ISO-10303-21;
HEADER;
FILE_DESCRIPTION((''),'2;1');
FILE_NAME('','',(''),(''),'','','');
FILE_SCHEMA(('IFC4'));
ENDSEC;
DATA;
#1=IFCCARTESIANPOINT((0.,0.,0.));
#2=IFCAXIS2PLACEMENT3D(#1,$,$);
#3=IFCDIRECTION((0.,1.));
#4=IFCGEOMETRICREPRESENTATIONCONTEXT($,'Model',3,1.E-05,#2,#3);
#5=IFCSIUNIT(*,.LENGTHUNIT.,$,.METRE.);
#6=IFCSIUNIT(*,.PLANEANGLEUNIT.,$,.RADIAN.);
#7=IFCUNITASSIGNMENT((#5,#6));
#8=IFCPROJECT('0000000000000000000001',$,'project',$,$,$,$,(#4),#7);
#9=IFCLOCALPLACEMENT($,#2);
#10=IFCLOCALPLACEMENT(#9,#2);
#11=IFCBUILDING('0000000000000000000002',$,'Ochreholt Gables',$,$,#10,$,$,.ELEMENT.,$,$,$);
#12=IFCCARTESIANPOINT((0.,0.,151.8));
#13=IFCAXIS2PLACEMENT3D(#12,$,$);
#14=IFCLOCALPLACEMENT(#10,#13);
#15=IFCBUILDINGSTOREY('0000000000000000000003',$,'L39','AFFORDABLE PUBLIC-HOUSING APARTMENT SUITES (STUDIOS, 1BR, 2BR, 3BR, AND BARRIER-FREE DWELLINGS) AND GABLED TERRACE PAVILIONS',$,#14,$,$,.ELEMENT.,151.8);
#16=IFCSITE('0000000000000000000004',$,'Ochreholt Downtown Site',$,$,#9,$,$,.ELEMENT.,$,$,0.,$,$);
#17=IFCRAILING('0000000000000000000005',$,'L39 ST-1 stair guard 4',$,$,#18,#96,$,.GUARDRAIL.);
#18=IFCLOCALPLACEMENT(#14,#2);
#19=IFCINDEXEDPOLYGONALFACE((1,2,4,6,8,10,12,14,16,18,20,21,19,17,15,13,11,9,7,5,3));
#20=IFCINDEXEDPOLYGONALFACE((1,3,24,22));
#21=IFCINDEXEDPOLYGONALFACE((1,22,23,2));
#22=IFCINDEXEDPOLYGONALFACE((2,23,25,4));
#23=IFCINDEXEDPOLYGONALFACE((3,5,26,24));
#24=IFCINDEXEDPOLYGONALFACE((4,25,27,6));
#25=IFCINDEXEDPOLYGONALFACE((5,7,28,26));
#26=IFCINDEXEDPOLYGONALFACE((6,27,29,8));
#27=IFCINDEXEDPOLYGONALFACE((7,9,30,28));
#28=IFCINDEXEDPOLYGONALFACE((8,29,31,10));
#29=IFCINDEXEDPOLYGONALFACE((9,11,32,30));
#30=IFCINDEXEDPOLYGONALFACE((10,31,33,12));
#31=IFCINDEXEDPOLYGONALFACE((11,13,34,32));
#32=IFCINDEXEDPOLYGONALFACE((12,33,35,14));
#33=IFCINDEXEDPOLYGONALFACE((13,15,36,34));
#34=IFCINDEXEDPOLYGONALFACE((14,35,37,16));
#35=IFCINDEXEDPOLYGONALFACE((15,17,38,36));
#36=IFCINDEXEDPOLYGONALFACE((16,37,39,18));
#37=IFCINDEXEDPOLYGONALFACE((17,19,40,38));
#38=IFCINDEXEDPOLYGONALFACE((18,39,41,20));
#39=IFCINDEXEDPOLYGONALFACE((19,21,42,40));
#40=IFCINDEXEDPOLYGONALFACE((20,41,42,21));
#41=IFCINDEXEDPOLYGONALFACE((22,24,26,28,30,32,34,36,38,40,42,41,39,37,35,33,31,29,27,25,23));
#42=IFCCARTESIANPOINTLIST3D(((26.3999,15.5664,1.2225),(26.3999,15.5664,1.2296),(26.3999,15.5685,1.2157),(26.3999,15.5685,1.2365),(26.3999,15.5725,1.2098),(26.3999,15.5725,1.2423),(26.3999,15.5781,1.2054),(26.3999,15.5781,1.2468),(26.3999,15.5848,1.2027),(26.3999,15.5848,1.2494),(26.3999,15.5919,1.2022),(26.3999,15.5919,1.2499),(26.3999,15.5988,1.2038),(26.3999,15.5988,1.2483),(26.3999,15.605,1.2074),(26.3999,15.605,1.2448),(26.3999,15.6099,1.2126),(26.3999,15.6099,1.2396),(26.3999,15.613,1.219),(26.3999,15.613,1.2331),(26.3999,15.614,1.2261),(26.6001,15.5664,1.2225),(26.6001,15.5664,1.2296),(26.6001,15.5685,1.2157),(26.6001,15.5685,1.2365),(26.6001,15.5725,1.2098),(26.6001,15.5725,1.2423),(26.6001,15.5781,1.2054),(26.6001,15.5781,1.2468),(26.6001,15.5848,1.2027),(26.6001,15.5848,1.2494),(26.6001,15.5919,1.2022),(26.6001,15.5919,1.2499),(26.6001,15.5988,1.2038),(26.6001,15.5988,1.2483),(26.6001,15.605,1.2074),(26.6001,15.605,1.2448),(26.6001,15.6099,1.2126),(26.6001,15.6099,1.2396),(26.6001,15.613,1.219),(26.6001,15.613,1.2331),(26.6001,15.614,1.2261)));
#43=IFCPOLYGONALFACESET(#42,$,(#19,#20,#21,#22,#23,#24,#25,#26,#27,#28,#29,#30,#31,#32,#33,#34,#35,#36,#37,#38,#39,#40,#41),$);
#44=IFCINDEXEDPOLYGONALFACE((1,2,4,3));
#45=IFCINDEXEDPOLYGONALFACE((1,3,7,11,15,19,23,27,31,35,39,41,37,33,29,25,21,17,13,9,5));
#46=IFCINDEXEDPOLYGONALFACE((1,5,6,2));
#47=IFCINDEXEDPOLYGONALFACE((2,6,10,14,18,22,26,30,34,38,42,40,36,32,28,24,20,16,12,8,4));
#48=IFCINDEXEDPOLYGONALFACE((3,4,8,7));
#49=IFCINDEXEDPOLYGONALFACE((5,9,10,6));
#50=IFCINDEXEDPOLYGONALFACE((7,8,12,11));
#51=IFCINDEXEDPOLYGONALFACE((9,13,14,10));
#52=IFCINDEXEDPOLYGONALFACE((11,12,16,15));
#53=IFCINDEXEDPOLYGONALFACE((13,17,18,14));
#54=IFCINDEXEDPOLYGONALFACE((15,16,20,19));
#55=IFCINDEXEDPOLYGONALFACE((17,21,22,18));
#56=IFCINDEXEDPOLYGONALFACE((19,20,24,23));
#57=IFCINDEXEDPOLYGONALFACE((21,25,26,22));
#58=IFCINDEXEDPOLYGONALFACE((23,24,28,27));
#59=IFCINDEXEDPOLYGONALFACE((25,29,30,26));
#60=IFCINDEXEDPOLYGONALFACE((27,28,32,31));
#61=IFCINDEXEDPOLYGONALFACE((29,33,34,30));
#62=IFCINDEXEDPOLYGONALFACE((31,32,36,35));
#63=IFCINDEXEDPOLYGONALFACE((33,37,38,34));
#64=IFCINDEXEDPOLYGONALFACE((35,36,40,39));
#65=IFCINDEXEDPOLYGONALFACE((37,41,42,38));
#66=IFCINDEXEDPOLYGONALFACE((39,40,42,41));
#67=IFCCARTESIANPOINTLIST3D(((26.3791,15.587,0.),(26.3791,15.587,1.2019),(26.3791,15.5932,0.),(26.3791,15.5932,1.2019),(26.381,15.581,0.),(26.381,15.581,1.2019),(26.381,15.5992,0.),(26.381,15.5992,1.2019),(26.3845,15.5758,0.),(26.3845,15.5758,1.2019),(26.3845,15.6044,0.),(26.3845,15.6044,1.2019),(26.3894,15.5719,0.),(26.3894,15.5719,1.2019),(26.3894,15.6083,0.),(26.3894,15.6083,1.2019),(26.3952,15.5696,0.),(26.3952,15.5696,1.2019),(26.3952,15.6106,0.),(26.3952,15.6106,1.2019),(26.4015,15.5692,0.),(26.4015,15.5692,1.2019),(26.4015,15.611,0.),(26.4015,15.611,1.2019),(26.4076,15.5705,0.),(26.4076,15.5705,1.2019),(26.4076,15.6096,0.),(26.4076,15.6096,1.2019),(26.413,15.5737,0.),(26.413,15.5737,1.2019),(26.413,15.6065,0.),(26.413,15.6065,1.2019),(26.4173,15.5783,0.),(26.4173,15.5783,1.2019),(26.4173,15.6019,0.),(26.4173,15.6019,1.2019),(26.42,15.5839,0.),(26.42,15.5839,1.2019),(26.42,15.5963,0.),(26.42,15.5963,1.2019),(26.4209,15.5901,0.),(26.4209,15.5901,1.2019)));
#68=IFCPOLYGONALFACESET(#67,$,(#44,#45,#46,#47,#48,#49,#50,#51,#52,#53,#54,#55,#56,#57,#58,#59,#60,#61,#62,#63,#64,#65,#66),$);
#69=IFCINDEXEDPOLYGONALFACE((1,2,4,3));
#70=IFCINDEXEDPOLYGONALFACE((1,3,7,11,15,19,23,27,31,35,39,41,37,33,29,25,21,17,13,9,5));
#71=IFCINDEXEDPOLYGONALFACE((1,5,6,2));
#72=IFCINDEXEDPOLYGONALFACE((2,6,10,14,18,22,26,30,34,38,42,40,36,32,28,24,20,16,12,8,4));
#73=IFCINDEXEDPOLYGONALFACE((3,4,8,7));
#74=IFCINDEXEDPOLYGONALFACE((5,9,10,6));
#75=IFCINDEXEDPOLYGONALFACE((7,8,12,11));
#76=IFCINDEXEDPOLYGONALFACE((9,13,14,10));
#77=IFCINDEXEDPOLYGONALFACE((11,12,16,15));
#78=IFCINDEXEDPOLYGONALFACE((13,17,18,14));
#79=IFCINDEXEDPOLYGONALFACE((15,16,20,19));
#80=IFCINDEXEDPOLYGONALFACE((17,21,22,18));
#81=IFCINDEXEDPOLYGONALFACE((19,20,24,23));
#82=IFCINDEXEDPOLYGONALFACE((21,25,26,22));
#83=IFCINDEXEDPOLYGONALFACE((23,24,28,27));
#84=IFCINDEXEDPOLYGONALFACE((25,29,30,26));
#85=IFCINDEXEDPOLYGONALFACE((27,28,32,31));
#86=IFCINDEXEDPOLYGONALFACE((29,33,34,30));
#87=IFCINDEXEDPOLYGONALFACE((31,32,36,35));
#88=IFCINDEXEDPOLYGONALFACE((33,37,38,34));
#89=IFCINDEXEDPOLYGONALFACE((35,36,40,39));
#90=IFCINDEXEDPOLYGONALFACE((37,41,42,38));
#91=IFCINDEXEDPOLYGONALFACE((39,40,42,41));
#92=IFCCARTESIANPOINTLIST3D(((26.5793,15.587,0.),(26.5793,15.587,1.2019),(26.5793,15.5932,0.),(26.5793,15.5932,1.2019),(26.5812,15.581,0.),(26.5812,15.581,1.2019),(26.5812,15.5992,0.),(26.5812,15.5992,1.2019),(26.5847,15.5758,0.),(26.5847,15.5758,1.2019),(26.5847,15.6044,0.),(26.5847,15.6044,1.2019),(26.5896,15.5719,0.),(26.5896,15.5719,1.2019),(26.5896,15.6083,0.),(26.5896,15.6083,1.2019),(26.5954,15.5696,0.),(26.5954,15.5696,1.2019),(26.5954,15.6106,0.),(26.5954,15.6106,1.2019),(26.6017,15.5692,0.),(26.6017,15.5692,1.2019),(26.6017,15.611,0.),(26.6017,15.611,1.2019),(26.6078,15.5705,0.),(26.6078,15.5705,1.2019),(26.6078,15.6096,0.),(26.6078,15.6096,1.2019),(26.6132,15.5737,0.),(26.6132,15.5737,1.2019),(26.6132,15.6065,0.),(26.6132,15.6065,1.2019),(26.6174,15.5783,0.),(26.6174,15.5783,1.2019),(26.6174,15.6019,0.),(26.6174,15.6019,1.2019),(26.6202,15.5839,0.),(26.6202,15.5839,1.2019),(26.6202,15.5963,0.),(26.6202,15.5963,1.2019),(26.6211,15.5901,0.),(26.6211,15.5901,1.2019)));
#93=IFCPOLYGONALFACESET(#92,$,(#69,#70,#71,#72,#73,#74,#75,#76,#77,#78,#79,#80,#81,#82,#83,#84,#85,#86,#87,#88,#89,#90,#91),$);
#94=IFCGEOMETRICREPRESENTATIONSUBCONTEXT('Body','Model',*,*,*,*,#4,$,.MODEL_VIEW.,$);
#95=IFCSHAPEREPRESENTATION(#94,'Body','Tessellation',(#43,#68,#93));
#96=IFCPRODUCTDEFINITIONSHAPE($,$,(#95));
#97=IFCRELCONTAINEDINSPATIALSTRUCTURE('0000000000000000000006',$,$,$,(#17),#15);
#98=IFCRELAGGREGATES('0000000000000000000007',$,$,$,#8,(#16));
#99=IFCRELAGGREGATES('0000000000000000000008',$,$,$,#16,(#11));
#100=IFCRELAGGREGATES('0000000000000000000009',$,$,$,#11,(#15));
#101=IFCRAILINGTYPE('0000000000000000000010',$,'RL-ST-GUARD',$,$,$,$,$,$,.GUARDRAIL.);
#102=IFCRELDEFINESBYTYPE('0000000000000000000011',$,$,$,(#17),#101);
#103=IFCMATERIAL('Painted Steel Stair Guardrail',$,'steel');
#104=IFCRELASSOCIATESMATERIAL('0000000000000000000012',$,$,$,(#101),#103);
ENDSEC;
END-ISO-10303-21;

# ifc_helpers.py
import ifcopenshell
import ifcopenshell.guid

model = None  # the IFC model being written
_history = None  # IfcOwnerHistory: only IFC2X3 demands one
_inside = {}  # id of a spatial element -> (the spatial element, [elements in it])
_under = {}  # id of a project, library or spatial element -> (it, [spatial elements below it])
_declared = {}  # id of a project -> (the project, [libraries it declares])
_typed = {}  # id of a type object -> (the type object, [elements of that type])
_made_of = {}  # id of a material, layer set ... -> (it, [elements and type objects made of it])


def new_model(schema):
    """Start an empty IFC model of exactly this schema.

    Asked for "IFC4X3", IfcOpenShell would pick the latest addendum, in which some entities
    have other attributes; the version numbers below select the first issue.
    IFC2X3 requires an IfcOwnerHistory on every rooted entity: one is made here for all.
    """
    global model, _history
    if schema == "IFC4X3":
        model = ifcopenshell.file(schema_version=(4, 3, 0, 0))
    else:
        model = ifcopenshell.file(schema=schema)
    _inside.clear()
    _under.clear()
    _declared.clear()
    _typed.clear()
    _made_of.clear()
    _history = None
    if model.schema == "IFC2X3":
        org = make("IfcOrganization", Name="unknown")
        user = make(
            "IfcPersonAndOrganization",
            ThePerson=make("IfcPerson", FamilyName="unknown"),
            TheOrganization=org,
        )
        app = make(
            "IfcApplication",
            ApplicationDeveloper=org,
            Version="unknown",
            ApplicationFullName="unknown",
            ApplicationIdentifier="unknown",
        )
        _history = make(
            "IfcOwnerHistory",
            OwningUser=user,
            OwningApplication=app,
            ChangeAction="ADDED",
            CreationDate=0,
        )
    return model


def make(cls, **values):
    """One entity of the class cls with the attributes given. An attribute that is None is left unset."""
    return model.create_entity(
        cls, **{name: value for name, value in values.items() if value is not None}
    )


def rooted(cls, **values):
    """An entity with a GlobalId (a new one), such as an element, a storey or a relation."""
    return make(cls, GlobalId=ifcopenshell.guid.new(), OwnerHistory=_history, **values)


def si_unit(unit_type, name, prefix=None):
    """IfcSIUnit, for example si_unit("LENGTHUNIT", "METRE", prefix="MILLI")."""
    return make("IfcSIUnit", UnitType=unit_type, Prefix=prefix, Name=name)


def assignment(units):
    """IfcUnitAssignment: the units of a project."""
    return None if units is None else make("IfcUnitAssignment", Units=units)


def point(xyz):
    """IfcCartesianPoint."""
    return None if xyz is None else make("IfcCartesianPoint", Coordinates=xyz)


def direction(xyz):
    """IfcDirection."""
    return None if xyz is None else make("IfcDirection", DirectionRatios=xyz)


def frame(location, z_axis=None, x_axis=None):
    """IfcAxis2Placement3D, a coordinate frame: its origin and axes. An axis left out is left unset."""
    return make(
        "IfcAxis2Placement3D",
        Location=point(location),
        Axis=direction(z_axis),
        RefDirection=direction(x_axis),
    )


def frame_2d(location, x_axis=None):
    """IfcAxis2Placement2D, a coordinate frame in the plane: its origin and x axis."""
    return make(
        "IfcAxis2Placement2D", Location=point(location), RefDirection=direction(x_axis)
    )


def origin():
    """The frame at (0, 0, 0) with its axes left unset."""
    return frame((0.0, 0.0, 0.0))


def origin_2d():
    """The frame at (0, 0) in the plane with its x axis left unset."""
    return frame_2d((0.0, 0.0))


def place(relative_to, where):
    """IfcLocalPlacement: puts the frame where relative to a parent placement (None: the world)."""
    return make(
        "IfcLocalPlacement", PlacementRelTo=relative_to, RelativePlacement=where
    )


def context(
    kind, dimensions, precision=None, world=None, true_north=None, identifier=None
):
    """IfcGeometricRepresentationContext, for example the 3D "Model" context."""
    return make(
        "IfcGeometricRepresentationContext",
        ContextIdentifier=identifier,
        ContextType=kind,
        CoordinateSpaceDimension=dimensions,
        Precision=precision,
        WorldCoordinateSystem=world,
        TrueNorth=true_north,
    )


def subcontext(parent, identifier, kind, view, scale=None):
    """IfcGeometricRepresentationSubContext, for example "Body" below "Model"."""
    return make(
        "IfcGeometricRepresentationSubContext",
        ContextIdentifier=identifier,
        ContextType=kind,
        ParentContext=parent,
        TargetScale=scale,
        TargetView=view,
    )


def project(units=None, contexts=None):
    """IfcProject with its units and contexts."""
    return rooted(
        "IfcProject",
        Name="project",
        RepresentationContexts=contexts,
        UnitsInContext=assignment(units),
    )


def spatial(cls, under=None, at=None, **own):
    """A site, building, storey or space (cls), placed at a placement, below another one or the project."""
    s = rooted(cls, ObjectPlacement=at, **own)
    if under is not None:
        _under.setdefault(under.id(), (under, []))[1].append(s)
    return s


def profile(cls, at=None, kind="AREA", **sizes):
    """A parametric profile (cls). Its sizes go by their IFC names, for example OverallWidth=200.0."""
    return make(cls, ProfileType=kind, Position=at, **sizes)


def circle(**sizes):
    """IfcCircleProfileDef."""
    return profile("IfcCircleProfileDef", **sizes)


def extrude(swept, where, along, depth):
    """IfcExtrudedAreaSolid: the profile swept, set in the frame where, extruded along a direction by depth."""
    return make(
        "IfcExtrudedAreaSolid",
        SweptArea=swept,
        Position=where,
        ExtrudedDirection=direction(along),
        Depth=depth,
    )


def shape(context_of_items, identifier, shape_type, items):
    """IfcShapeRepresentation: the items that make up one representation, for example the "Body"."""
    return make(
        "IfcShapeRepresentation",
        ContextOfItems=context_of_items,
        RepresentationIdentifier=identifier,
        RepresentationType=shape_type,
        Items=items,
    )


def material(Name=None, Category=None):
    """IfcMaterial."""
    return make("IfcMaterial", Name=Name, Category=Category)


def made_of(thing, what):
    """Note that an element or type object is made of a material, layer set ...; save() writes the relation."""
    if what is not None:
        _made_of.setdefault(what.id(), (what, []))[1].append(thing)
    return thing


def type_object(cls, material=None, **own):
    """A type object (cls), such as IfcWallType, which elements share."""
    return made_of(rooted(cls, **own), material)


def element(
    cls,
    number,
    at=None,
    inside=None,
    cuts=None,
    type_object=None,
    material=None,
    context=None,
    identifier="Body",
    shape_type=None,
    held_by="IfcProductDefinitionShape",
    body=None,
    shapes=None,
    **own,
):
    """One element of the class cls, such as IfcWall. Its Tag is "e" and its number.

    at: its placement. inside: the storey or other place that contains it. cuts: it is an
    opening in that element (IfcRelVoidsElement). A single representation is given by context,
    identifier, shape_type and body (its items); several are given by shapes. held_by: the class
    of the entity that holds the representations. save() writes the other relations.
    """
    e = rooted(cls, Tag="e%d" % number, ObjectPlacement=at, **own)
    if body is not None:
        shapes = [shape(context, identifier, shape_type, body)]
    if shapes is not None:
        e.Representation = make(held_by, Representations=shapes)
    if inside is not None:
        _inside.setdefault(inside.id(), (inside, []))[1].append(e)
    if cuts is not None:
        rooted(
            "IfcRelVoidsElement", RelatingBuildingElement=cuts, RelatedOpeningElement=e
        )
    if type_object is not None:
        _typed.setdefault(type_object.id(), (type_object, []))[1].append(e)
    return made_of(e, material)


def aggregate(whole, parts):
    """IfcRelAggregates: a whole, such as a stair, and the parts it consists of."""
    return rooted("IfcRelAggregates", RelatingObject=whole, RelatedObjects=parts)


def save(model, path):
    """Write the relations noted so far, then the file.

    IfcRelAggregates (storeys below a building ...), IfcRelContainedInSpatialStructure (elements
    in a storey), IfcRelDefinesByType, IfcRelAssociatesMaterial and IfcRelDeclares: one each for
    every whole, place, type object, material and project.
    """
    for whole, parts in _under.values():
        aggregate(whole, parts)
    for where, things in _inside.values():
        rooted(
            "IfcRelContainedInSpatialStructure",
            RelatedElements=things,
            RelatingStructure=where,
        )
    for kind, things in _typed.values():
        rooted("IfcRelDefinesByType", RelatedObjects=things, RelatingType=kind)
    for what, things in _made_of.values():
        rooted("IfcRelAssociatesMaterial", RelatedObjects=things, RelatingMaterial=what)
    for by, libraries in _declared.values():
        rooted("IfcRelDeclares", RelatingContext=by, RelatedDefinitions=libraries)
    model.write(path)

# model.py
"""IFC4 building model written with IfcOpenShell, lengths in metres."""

from ifc_helpers import new_model, si_unit, direction, frame, origin, origin_2d, place, context, subcontext, project, spatial, circle, extrude, material, type_object, element, save


model = new_model("IFC4")

# Units and contexts
model_context = context("Model", 3, precision=1e-05, world=origin(), true_north=direction((0.0, 1.0)))
body_context = subcontext(model_context, "Body", "Model", "MODEL_VIEW")
ifc_project = project(units=[si_unit("LENGTHUNIT", "METRE"), si_unit("PLANEANGLEUNIT", "RADIAN")], contexts=[model_context])

# Site, building, storey
site_placement = place(None, origin())
site = spatial("IfcSite", under=ifc_project, at=site_placement, Name="Ochreholt Downtown Site", CompositionType="ELEMENT", RefElevation=0.0)
building_placement = place(site_placement, origin())
building = spatial("IfcBuilding", under=site, at=building_placement, Name="Ochreholt Gables", CompositionType="ELEMENT")
storey_placement = place(building_placement, frame((0.0, 0.0, 151.8)))
storey = spatial("IfcBuildingStorey", under=building, at=storey_placement, Name="L39", Description="AFFORDABLE PUBLIC-HOUSING APARTMENT SUITES (STUDIOS, 1BR, 2BR, 3BR, AND BARRIER-FREE DWELLINGS) AND GABLED TERRACE PAVILIONS", CompositionType="ELEMENT", Elevation=151.8)

# Railing
ifc_material_1 = material(Name="Painted Steel Stair Guardrail", Category="steel")
railing_type = type_object("IfcRailingType", Name="RL-ST-GUARD", PredefinedType="GUARDRAIL", material=ifc_material_1)
railing_1_placement = place(storey_placement, frame((26.3999, 15.5901, 0.0)))
element("IfcRailing", 1, at=railing_1_placement, inside=storey, type_object=railing_type, Name="L39 ST-1 stair guard 4", PredefinedType="GUARDRAIL", context=body_context, shape_type="SweptSolid", body=[
    extrude(circle(Radius=0.0239, at=origin_2d()), frame((0.0, 0.0, 1.2261), z_axis=(1.0, 0.0, 0.0), x_axis=(0.0, 1.0, 0.0)), (0.0, 0.0, 1.0), 0.2002),
    extrude(circle(Radius=0.021, at=origin_2d()), origin(), (0.0, 0.0, 1.0), 1.2019),
    extrude(circle(Radius=0.021, at=origin_2d()), frame((0.2002, 0.0, 0.0)), (0.0, 0.0, 1.0), 1.2019),
])

save(model, "model.ifc")
